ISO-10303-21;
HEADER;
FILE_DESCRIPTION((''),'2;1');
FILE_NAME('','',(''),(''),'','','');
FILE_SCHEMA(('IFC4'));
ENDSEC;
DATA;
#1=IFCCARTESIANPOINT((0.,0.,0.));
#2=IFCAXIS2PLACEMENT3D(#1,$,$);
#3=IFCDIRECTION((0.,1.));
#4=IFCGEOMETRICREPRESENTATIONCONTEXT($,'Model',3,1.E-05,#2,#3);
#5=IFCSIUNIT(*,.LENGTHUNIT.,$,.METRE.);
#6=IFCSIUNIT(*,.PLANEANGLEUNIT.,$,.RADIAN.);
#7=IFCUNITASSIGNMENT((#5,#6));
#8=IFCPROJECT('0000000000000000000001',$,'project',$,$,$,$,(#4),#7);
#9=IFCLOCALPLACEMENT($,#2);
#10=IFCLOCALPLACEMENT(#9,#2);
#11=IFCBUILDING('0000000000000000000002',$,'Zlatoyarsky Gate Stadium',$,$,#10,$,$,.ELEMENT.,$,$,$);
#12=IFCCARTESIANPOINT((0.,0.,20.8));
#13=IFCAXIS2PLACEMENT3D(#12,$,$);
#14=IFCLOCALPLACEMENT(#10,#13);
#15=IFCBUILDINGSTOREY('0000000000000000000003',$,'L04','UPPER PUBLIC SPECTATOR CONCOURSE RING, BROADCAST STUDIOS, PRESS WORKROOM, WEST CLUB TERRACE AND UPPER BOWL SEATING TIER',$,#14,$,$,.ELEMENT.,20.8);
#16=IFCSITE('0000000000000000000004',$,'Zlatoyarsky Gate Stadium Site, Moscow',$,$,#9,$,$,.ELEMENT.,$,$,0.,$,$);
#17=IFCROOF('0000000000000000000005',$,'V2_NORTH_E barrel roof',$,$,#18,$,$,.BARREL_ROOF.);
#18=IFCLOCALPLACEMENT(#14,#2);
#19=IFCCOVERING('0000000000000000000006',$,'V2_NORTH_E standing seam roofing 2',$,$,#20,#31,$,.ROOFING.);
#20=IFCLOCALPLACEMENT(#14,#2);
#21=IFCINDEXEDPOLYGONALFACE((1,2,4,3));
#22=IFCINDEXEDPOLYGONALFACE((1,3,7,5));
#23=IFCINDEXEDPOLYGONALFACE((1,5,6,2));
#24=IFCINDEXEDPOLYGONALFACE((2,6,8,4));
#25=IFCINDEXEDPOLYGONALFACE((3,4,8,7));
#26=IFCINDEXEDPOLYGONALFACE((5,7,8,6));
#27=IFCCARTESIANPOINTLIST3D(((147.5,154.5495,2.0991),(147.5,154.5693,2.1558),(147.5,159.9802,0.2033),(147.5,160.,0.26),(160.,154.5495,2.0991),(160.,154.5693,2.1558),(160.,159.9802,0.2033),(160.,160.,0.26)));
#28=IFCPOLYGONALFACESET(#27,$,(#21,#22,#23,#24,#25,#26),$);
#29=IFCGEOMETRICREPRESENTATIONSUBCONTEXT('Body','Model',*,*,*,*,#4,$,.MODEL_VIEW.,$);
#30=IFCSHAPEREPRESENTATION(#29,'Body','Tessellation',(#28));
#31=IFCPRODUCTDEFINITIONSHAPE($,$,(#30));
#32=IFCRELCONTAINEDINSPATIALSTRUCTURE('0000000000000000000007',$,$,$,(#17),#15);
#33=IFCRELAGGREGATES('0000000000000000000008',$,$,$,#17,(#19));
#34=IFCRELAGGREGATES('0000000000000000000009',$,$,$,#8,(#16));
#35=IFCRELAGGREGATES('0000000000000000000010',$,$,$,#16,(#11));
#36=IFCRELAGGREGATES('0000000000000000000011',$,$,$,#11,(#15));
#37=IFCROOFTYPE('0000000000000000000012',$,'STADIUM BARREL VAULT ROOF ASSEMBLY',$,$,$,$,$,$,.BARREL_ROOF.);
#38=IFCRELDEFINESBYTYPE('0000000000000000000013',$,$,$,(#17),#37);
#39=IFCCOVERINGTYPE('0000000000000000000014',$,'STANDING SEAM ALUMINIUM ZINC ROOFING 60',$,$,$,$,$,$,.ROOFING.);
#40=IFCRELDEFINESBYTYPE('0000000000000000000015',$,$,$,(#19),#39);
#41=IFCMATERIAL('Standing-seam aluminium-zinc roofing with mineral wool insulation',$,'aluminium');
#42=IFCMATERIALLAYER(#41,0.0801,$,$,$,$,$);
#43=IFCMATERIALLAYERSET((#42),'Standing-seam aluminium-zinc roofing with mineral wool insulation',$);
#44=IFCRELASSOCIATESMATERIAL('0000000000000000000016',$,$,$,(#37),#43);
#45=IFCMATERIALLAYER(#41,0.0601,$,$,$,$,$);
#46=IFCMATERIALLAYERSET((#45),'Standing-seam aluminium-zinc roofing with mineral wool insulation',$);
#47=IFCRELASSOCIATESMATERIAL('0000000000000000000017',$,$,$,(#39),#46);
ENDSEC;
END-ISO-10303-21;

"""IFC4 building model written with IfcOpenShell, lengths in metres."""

from ifc_helpers import new_model, si_unit, direction, frame, origin, place, context, subcontext, project, spatial, polyline, outline, extrude, material, layer, layer_set, type_object, element, aggregate, save


model = new_model("IFC4")

# Units and contexts
model_context = context("Model", 3, precision=1e-05, world=origin(), true_north=direction((0.0, 1.0)))
body_context = subcontext(model_context, "Body", "Model", "MODEL_VIEW")
ifc_project = project(units=[si_unit("LENGTHUNIT", "METRE"), si_unit("PLANEANGLEUNIT", "RADIAN")], contexts=[model_context])

# Site, building, storey
site_placement = place(None, origin())
site = spatial("IfcSite", under=ifc_project, at=site_placement, Name="Zlatoyarsky Gate Stadium Site, Moscow", CompositionType="ELEMENT", RefElevation=0.0)
building_placement = place(site_placement, origin())
building = spatial("IfcBuilding", under=site, at=building_placement, Name="Zlatoyarsky Gate Stadium", CompositionType="ELEMENT")
storey_placement = place(building_placement, frame((0.0, 0.0, 20.8)))
storey = spatial("IfcBuildingStorey", under=building, at=storey_placement, Name="L04", Description="UPPER PUBLIC SPECTATOR CONCOURSE RING, BROADCAST STUDIOS, PRESS WORKROOM, WEST CLUB TERRACE AND UPPER BOWL SEATING TIER", CompositionType="ELEMENT", Elevation=20.8)

# Roof
ifc_material_1 = material(Name="Standing-seam aluminium-zinc roofing with mineral wool insulation", Category="aluminium")
ifc_layer_1 = layer(ifc_material_1, 0.0801)
ifc_layer_set_1 = layer_set([ifc_layer_1], Name="Standing-seam aluminium-zinc roofing with mineral wool insulation")
roof_type = type_object("IfcRoofType", Name="STADIUM BARREL VAULT ROOF ASSEMBLY", PredefinedType="BARREL_ROOF", material=ifc_layer_set_1)
roof_placement = place(storey_placement, origin())
roof = element("IfcRoof", 1, at=roof_placement, inside=storey, type_object=roof_type, Name="V2_NORTH_E barrel roof", PredefinedType="BARREL_ROOF")

# Covering
ifc_layer_2 = layer(ifc_material_1, 0.0601)
ifc_layer_set_2 = layer_set([ifc_layer_2], Name="Standing-seam aluminium-zinc roofing with mineral wool insulation")
covering_type = type_object("IfcCoveringType", Name="STANDING SEAM ALUMINIUM ZINC ROOFING 60", PredefinedType="ROOFING", material=ifc_layer_set_2)
covering_1_placement = place(storey_placement, frame((160.0, 160.0, 0.26), z_axis=(0.0, 0.329579, 0.944128), x_axis=(-1.0, 0.0, 0.0)))
covering_1 = element("IfcCovering", 2, at=covering_1_placement, type_object=covering_type, Name="V2_NORTH_E standing seam roofing 2", PredefinedType="ROOFING", context=body_context, shape_type="SweptSolid", body=[
    extrude(outline(polyline([(0.0, 0.0), (12.5, 0.0), (12.5, 5.752), (0.0, 5.752), (0.0, 0.0)])), origin(), (0.0, 0.0, -1.0), 0.0601),
])
aggregate(roof, [covering_1])

save(model, "model.ifc")
